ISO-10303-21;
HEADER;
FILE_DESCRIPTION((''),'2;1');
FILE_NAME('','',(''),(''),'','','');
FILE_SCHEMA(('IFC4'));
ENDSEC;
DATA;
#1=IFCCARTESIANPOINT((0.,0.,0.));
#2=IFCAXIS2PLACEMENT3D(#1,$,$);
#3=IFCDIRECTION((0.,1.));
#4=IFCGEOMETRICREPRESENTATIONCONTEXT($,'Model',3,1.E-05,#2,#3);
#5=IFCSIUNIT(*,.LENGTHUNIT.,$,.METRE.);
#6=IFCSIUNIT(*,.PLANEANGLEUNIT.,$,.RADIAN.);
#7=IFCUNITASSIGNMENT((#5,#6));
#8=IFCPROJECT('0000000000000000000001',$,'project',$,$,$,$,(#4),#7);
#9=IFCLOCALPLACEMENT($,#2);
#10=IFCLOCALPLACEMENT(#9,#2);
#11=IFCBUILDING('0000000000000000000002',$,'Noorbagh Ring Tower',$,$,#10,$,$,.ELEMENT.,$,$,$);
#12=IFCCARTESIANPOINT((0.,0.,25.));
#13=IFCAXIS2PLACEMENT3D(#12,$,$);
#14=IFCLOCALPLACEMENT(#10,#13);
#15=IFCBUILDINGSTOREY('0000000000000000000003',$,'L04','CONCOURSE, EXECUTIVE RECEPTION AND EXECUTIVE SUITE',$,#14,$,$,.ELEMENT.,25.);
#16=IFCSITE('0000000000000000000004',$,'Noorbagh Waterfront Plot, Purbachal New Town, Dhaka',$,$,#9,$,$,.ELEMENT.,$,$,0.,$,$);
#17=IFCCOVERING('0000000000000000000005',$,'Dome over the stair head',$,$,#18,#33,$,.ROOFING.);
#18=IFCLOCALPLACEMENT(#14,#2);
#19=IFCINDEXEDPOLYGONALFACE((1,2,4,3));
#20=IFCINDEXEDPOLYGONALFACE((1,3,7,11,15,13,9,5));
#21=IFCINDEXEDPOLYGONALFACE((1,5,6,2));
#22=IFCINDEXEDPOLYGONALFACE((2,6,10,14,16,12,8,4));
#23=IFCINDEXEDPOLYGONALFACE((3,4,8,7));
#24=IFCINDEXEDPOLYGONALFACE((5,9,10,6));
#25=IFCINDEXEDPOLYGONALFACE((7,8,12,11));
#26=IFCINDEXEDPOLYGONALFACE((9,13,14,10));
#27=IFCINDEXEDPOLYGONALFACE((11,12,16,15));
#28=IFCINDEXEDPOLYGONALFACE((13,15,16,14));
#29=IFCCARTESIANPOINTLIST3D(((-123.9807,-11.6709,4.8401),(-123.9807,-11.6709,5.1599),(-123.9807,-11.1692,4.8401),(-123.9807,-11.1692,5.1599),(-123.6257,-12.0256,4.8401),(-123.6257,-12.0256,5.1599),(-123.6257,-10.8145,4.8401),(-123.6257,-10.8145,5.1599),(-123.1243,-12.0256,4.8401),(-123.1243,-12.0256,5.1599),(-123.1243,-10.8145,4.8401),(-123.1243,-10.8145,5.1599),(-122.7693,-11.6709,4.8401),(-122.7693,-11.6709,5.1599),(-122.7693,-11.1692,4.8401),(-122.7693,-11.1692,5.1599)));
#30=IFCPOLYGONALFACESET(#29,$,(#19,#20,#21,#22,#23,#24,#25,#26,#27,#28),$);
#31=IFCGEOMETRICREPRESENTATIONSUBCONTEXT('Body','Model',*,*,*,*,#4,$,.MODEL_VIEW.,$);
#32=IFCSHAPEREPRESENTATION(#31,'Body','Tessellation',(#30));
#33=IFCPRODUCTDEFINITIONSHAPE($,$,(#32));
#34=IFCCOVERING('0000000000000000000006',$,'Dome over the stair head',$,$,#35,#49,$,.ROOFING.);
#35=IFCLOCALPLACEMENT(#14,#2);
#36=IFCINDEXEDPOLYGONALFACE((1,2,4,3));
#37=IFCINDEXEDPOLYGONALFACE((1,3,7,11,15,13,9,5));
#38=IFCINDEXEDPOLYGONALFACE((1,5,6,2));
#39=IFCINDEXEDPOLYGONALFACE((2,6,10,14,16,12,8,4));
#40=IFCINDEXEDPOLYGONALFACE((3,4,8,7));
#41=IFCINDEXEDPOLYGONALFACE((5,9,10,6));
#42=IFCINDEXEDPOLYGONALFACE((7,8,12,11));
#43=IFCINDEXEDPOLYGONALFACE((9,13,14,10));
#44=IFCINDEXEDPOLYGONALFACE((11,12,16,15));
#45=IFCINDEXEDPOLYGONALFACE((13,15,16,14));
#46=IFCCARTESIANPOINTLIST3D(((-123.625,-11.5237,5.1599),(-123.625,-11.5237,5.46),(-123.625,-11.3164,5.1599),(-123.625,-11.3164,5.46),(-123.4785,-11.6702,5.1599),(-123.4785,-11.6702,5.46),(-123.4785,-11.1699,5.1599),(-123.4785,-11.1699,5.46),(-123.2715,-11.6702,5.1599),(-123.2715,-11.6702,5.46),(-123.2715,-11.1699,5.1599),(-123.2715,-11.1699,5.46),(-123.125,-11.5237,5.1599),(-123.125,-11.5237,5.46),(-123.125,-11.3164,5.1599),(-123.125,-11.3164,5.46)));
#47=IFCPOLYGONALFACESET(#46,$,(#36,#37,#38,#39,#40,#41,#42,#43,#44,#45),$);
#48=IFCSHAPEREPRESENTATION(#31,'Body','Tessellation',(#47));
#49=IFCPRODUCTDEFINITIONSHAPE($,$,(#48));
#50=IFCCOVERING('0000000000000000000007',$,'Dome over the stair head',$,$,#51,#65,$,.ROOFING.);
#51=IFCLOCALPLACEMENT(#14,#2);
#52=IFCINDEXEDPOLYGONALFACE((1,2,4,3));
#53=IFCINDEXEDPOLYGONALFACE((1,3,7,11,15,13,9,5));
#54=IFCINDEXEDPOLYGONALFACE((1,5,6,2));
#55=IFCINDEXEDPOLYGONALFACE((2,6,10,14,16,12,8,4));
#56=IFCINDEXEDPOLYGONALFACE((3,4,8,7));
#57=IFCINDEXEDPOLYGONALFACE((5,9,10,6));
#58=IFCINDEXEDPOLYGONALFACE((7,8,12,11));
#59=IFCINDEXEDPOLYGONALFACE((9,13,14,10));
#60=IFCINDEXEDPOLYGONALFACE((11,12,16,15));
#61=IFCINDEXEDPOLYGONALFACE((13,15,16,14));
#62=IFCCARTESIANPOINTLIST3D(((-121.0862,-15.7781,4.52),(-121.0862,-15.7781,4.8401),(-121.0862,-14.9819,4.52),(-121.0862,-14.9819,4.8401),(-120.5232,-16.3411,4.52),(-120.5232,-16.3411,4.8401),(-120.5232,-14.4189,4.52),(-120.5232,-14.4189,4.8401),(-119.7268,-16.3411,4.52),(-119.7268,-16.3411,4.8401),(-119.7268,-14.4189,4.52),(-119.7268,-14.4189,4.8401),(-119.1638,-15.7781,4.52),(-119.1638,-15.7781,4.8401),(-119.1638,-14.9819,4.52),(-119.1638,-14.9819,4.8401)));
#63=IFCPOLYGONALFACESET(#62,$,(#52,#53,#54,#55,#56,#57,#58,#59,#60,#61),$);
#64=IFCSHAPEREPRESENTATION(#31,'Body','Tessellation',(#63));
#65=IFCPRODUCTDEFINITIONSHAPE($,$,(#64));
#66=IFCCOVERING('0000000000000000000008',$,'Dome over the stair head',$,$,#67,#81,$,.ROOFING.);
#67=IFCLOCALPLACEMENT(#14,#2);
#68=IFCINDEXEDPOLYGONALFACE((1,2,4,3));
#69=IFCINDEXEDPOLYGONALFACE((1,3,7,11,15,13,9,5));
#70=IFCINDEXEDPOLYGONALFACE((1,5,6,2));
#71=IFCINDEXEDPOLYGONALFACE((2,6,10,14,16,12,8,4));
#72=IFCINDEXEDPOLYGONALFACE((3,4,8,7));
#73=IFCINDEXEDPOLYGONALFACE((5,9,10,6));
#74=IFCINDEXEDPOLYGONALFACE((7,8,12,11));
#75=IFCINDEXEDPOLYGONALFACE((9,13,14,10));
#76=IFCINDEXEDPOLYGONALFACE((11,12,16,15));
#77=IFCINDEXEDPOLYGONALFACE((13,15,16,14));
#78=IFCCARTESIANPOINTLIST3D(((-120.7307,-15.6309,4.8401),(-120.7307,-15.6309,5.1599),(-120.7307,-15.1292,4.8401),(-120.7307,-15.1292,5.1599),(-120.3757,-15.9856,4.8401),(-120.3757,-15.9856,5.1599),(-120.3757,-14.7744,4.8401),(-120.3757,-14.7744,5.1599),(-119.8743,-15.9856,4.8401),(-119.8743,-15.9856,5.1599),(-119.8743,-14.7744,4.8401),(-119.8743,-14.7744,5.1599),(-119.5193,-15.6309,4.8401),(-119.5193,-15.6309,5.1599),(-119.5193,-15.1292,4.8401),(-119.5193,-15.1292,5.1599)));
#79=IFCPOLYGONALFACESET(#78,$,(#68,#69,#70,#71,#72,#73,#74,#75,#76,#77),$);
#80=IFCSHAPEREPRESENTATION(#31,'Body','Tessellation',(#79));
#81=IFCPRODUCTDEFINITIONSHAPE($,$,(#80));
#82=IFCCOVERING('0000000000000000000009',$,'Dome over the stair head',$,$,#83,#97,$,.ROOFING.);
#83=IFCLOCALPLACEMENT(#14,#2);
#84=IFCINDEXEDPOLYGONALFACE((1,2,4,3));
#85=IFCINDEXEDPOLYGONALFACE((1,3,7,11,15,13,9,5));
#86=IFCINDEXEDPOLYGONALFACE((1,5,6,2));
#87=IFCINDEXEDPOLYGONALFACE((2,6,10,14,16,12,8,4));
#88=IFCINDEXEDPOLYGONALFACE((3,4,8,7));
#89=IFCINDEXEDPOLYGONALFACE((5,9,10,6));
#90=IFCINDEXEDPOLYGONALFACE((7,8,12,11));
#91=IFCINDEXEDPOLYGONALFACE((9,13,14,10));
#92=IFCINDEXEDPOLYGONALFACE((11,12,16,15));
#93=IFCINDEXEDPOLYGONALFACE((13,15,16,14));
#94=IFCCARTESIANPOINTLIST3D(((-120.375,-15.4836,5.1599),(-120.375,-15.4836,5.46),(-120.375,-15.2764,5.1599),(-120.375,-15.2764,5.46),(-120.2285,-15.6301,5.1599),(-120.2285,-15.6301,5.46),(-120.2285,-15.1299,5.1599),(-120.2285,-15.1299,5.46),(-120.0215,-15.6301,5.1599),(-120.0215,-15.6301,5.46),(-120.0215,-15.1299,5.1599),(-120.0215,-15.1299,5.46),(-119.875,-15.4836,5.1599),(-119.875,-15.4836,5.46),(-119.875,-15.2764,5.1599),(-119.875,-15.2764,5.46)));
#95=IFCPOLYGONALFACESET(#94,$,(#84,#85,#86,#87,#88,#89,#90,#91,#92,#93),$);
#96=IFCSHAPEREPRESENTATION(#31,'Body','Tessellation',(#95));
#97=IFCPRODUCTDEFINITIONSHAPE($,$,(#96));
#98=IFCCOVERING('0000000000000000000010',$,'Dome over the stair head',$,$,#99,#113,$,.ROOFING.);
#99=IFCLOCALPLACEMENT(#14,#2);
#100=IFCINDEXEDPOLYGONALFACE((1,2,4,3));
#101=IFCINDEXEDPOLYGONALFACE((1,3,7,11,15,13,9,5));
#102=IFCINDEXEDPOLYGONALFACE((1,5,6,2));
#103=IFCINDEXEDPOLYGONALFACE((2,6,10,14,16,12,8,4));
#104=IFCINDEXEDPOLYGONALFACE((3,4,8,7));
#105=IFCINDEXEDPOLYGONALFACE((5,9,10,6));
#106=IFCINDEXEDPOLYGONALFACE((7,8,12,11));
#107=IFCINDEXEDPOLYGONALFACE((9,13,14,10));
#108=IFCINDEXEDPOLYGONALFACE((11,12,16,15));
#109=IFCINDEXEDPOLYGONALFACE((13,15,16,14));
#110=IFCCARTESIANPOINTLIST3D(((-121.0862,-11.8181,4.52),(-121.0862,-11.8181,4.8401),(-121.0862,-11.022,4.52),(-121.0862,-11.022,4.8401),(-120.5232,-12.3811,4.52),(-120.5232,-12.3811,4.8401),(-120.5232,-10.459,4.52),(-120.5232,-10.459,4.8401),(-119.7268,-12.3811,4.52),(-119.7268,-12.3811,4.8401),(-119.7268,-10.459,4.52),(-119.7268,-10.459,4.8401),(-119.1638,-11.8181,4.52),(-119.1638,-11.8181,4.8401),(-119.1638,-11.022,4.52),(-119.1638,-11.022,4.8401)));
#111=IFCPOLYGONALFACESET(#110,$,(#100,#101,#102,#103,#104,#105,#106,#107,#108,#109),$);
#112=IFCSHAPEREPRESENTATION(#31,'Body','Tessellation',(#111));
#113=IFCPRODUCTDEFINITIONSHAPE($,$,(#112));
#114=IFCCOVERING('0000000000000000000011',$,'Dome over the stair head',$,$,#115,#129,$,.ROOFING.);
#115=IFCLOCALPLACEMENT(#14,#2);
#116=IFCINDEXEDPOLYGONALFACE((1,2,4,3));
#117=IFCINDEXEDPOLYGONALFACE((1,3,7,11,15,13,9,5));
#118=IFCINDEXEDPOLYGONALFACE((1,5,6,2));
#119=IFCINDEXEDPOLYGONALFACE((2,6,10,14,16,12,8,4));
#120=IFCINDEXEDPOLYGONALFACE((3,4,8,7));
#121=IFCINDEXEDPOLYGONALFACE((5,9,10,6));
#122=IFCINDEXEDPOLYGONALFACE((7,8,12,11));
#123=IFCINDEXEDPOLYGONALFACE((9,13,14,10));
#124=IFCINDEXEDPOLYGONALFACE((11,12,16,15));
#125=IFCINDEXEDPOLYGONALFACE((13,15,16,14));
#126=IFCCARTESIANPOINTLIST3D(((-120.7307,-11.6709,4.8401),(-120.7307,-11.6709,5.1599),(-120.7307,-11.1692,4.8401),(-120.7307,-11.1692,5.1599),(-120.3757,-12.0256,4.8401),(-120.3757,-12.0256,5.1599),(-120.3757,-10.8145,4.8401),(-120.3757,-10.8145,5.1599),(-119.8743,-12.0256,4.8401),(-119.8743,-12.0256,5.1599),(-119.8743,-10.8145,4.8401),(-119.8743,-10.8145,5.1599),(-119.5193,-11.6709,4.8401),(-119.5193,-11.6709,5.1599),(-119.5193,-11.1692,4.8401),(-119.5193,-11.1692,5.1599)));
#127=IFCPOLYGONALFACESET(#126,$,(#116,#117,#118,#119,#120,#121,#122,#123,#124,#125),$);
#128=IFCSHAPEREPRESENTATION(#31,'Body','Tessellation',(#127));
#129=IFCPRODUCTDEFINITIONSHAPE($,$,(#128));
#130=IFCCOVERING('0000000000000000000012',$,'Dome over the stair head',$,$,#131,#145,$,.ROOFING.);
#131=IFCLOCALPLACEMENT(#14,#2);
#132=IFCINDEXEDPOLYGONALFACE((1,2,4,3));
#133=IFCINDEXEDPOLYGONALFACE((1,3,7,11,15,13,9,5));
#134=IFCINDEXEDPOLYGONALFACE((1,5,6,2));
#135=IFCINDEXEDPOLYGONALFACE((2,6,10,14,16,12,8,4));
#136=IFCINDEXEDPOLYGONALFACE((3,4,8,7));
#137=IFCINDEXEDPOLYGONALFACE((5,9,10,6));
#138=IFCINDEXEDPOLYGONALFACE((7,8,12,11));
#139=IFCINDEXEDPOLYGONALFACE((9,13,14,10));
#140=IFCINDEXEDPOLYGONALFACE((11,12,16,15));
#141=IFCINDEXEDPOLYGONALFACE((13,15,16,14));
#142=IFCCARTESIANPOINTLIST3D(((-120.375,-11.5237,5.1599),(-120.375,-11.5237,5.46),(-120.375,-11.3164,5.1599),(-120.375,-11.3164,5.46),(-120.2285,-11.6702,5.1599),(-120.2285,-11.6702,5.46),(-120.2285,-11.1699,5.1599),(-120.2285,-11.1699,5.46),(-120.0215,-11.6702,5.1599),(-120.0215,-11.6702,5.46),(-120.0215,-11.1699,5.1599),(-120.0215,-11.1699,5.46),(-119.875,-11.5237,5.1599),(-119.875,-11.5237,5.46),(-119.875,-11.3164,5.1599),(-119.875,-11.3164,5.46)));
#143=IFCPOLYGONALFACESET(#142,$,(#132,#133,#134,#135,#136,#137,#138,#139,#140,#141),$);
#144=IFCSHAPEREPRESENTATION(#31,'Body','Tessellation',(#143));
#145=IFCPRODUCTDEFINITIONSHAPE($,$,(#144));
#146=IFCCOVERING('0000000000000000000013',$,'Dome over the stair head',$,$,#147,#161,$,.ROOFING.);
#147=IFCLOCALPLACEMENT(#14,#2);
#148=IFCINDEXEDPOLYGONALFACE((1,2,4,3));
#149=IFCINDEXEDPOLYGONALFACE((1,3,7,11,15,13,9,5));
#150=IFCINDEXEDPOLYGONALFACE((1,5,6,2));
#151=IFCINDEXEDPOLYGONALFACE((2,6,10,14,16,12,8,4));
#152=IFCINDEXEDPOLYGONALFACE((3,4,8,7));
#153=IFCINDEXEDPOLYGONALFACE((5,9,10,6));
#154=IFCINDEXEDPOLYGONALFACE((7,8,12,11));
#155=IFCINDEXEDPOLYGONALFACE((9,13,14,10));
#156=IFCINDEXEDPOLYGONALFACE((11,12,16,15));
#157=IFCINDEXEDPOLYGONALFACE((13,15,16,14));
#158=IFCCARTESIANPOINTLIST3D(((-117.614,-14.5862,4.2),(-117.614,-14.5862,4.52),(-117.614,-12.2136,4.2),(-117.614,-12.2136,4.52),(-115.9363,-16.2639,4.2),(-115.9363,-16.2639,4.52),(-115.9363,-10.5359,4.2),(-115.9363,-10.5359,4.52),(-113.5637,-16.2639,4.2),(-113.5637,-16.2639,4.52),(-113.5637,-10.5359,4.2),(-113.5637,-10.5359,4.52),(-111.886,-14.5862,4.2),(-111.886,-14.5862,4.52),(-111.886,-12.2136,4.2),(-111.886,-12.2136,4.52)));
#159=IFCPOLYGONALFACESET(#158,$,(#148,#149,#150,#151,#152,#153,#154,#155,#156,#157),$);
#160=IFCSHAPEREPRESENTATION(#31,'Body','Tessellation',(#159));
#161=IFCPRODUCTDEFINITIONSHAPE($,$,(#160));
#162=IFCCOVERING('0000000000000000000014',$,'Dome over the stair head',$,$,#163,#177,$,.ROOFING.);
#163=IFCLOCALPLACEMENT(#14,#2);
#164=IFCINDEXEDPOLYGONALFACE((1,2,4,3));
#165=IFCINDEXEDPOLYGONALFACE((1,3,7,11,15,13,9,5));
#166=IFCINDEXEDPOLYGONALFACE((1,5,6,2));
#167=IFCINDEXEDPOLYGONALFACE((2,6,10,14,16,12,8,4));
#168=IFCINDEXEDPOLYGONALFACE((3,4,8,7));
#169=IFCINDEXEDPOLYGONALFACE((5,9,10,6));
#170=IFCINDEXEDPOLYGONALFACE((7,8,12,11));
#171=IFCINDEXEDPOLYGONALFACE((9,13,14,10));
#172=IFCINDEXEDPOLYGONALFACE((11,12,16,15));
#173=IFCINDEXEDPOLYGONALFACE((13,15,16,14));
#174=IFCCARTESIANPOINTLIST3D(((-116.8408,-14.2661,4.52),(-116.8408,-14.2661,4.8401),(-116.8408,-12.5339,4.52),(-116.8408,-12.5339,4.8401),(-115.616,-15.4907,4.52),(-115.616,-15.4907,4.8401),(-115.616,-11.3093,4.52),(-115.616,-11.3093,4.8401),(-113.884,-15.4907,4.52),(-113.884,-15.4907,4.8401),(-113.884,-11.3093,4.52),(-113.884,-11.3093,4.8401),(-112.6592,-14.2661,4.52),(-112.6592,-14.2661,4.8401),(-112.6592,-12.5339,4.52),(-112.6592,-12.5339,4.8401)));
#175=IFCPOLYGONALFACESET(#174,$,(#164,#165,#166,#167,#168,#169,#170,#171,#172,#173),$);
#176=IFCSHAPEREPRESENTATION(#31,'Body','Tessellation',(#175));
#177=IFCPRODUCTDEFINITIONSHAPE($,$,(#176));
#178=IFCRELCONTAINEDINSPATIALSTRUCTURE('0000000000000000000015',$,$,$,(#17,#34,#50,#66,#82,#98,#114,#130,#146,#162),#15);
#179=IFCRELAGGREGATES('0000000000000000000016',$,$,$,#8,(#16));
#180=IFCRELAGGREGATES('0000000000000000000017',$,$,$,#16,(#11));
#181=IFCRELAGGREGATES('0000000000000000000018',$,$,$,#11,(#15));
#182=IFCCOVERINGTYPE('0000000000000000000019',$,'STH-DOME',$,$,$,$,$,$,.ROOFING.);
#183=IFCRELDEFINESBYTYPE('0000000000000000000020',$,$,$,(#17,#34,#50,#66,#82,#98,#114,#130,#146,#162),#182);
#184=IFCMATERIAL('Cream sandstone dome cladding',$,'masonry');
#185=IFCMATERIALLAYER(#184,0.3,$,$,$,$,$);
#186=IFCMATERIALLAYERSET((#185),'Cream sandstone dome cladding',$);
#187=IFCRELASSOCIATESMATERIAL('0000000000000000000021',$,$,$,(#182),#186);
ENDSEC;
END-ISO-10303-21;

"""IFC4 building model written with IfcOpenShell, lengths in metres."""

from ifc_helpers import new_model, si_unit, direction, frame, origin, place, context, subcontext, project, spatial, polyline, outline, extrude, material, layer, layer_set, type_object, element, save


model = new_model("IFC4")

# Units and contexts
model_context = context("Model", 3, precision=1e-05, world=origin(), true_north=direction((0.0, 1.0)))
body_context = subcontext(model_context, "Body", "Model", "MODEL_VIEW")
ifc_project = project(units=[si_unit("LENGTHUNIT", "METRE"), si_unit("PLANEANGLEUNIT", "RADIAN")], contexts=[model_context])

# Site, building, storey
site_placement = place(None, origin())
site = spatial("IfcSite", under=ifc_project, at=site_placement, Name="Noorbagh Waterfront Plot, Purbachal New Town, Dhaka", CompositionType="ELEMENT", RefElevation=0.0)
building_placement = place(site_placement, origin())
building = spatial("IfcBuilding", under=site, at=building_placement, Name="Noorbagh Ring Tower", CompositionType="ELEMENT")
storey_placement = place(building_placement, frame((0.0, 0.0, 25.0)))
storey = spatial("IfcBuildingStorey", under=building, at=storey_placement, Name="L04", Description="CONCOURSE, EXECUTIVE RECEPTION AND EXECUTIVE SUITE", CompositionType="ELEMENT", Elevation=25.0)

# Coverings
ifc_material = material(Name="Cream sandstone dome cladding", Category="masonry")
ifc_layer = layer(ifc_material, 0.3)
ifc_layer_set = layer_set([ifc_layer], Name="Cream sandstone dome cladding")
covering_type = type_object("IfcCoveringType", Name="STH-DOME", PredefinedType="ROOFING", material=ifc_layer_set)
covering_1_placement = place(storey_placement, frame((0.0, 0.0, 4.8401)))
element("IfcCovering", 1, at=covering_1_placement, inside=storey, type_object=covering_type, Name="Dome over the stair head", PredefinedType="ROOFING", context=body_context, shape_type="SweptSolid", body=[
    extrude(outline(polyline([(-122.7693, -11.1692), (-123.1243, -10.8145), (-123.6257, -10.8145), (-123.9807, -11.1692), (-123.9807, -11.6709), (-123.6257, -12.0256), (-123.1243, -12.0256), (-122.7693, -11.6709), (-122.7693, -11.1692)])), origin(), (0.0, 0.0, 1.0), 0.3198),
])
covering_2_placement = place(storey_placement, frame((0.0, 0.0, 5.1599)))
element("IfcCovering", 2, at=covering_2_placement, inside=storey, type_object=covering_type, Name="Dome over the stair head", PredefinedType="ROOFING", context=body_context, shape_type="SweptSolid", body=[
    extrude(outline(polyline([(-123.125, -11.3164), (-123.2715, -11.1699), (-123.4785, -11.1699), (-123.625, -11.3164), (-123.625, -11.5237), (-123.4785, -11.6702), (-123.2715, -11.6702), (-123.125, -11.5237), (-123.125, -11.3164)])), origin(), (0.0, 0.0, 1.0), 0.3),
])
covering_3_placement = place(storey_placement, frame((0.0, 0.0, 4.52)))
element("IfcCovering", 3, at=covering_3_placement, inside=storey, type_object=covering_type, Name="Dome over the stair head", PredefinedType="ROOFING", context=body_context, shape_type="SweptSolid", body=[
    extrude(outline(polyline([(-119.1638, -14.9819), (-119.7268, -14.4189), (-120.5232, -14.4189), (-121.0862, -14.9819), (-121.0862, -15.7781), (-120.5232, -16.3411), (-119.7268, -16.3411), (-119.1638, -15.7781), (-119.1638, -14.9819)])), origin(), (0.0, 0.0, 1.0), 0.3201),
])
covering_4_placement = place(storey_placement, frame((0.0, 0.0, 4.8401)))
element("IfcCovering", 4, at=covering_4_placement, inside=storey, type_object=covering_type, Name="Dome over the stair head", PredefinedType="ROOFING", context=body_context, shape_type="SweptSolid", body=[
    extrude(outline(polyline([(-119.5193, -15.1292), (-119.8743, -14.7744), (-120.3757, -14.7744), (-120.7307, -15.1292), (-120.7307, -15.6309), (-120.3757, -15.9856), (-119.8743, -15.9856), (-119.5193, -15.6309), (-119.5193, -15.1292)])), origin(), (0.0, 0.0, 1.0), 0.3198),
])
covering_5_placement = place(storey_placement, frame((0.0, 0.0, 5.1599)))
element("IfcCovering", 5, at=covering_5_placement, inside=storey, type_object=covering_type, Name="Dome over the stair head", PredefinedType="ROOFING", context=body_context, shape_type="SweptSolid", body=[
    extrude(outline(polyline([(-119.875, -15.2764), (-120.0215, -15.1299), (-120.2285, -15.1299), (-120.375, -15.2764), (-120.375, -15.4836), (-120.2285, -15.6301), (-120.0215, -15.6301), (-119.875, -15.4836), (-119.875, -15.2764)])), origin(), (0.0, 0.0, 1.0), 0.3),
])
covering_6_placement = place(storey_placement, frame((0.0, 0.0, 4.52)))
element("IfcCovering", 6, at=covering_6_placement, inside=storey, type_object=covering_type, Name="Dome over the stair head", PredefinedType="ROOFING", context=body_context, shape_type="SweptSolid", body=[
    extrude(outline(polyline([(-119.1638, -11.022), (-119.7268, -10.459), (-120.5232, -10.459), (-121.0862, -11.022), (-121.0862, -11.8181), (-120.5232, -12.3811), (-119.7268, -12.3811), (-119.1638, -11.8181), (-119.1638, -11.022)])), origin(), (0.0, 0.0, 1.0), 0.3201),
])
covering_7_placement = place(storey_placement, frame((0.0, 0.0, 4.8401)))
element("IfcCovering", 7, at=covering_7_placement, inside=storey, type_object=covering_type, Name="Dome over the stair head", PredefinedType="ROOFING", context=body_context, shape_type="SweptSolid", body=[
    extrude(outline(polyline([(-119.5193, -11.1692), (-119.8743, -10.8145), (-120.3757, -10.8145), (-120.7307, -11.1692), (-120.7307, -11.6709), (-120.3757, -12.0256), (-119.8743, -12.0256), (-119.5193, -11.6709), (-119.5193, -11.1692)])), origin(), (0.0, 0.0, 1.0), 0.3198),
])
covering_8_placement = place(storey_placement, frame((0.0, 0.0, 5.1599)))
element("IfcCovering", 8, at=covering_8_placement, inside=storey, type_object=covering_type, Name="Dome over the stair head", PredefinedType="ROOFING", context=body_context, shape_type="SweptSolid", body=[
    extrude(outline(polyline([(-119.875, -11.3164), (-120.0215, -11.1699), (-120.2285, -11.1699), (-120.375, -11.3164), (-120.375, -11.5237), (-120.2285, -11.6702), (-120.0215, -11.6702), (-119.875, -11.5237), (-119.875, -11.3164)])), origin(), (0.0, 0.0, 1.0), 0.3),
])
covering_9_placement = place(storey_placement, frame((0.0, 0.0, 4.2)))
element("IfcCovering", 9, at=covering_9_placement, inside=storey, type_object=covering_type, Name="Dome over the stair head", PredefinedType="ROOFING", context=body_context, shape_type="SweptSolid", body=[
    extrude(outline(polyline([(-111.886, -12.2136), (-113.5637, -10.5359), (-115.9363, -10.5359), (-117.614, -12.2136), (-117.614, -14.5862), (-115.9363, -16.2639), (-113.5637, -16.2639), (-111.886, -14.5862), (-111.886, -12.2136)])), origin(), (0.0, 0.0, 1.0), 0.3201),
])
covering_10_placement = place(storey_placement, frame((0.0, 0.0, 4.52)))
element("IfcCovering", 10, at=covering_10_placement, inside=storey, type_object=covering_type, Name="Dome over the stair head", PredefinedType="ROOFING", context=body_context, shape_type="SweptSolid", body=[
    extrude(outline(polyline([(-112.6592, -12.5339), (-113.884, -11.3093), (-115.616, -11.3093), (-116.8408, -12.5339), (-116.8408, -14.2661), (-115.616, -15.4907), (-113.884, -15.4907), (-112.6592, -14.2661), (-112.6592, -12.5339)])), origin(), (0.0, 0.0, 1.0), 0.3201),
])

save(model, "model.ifc")
